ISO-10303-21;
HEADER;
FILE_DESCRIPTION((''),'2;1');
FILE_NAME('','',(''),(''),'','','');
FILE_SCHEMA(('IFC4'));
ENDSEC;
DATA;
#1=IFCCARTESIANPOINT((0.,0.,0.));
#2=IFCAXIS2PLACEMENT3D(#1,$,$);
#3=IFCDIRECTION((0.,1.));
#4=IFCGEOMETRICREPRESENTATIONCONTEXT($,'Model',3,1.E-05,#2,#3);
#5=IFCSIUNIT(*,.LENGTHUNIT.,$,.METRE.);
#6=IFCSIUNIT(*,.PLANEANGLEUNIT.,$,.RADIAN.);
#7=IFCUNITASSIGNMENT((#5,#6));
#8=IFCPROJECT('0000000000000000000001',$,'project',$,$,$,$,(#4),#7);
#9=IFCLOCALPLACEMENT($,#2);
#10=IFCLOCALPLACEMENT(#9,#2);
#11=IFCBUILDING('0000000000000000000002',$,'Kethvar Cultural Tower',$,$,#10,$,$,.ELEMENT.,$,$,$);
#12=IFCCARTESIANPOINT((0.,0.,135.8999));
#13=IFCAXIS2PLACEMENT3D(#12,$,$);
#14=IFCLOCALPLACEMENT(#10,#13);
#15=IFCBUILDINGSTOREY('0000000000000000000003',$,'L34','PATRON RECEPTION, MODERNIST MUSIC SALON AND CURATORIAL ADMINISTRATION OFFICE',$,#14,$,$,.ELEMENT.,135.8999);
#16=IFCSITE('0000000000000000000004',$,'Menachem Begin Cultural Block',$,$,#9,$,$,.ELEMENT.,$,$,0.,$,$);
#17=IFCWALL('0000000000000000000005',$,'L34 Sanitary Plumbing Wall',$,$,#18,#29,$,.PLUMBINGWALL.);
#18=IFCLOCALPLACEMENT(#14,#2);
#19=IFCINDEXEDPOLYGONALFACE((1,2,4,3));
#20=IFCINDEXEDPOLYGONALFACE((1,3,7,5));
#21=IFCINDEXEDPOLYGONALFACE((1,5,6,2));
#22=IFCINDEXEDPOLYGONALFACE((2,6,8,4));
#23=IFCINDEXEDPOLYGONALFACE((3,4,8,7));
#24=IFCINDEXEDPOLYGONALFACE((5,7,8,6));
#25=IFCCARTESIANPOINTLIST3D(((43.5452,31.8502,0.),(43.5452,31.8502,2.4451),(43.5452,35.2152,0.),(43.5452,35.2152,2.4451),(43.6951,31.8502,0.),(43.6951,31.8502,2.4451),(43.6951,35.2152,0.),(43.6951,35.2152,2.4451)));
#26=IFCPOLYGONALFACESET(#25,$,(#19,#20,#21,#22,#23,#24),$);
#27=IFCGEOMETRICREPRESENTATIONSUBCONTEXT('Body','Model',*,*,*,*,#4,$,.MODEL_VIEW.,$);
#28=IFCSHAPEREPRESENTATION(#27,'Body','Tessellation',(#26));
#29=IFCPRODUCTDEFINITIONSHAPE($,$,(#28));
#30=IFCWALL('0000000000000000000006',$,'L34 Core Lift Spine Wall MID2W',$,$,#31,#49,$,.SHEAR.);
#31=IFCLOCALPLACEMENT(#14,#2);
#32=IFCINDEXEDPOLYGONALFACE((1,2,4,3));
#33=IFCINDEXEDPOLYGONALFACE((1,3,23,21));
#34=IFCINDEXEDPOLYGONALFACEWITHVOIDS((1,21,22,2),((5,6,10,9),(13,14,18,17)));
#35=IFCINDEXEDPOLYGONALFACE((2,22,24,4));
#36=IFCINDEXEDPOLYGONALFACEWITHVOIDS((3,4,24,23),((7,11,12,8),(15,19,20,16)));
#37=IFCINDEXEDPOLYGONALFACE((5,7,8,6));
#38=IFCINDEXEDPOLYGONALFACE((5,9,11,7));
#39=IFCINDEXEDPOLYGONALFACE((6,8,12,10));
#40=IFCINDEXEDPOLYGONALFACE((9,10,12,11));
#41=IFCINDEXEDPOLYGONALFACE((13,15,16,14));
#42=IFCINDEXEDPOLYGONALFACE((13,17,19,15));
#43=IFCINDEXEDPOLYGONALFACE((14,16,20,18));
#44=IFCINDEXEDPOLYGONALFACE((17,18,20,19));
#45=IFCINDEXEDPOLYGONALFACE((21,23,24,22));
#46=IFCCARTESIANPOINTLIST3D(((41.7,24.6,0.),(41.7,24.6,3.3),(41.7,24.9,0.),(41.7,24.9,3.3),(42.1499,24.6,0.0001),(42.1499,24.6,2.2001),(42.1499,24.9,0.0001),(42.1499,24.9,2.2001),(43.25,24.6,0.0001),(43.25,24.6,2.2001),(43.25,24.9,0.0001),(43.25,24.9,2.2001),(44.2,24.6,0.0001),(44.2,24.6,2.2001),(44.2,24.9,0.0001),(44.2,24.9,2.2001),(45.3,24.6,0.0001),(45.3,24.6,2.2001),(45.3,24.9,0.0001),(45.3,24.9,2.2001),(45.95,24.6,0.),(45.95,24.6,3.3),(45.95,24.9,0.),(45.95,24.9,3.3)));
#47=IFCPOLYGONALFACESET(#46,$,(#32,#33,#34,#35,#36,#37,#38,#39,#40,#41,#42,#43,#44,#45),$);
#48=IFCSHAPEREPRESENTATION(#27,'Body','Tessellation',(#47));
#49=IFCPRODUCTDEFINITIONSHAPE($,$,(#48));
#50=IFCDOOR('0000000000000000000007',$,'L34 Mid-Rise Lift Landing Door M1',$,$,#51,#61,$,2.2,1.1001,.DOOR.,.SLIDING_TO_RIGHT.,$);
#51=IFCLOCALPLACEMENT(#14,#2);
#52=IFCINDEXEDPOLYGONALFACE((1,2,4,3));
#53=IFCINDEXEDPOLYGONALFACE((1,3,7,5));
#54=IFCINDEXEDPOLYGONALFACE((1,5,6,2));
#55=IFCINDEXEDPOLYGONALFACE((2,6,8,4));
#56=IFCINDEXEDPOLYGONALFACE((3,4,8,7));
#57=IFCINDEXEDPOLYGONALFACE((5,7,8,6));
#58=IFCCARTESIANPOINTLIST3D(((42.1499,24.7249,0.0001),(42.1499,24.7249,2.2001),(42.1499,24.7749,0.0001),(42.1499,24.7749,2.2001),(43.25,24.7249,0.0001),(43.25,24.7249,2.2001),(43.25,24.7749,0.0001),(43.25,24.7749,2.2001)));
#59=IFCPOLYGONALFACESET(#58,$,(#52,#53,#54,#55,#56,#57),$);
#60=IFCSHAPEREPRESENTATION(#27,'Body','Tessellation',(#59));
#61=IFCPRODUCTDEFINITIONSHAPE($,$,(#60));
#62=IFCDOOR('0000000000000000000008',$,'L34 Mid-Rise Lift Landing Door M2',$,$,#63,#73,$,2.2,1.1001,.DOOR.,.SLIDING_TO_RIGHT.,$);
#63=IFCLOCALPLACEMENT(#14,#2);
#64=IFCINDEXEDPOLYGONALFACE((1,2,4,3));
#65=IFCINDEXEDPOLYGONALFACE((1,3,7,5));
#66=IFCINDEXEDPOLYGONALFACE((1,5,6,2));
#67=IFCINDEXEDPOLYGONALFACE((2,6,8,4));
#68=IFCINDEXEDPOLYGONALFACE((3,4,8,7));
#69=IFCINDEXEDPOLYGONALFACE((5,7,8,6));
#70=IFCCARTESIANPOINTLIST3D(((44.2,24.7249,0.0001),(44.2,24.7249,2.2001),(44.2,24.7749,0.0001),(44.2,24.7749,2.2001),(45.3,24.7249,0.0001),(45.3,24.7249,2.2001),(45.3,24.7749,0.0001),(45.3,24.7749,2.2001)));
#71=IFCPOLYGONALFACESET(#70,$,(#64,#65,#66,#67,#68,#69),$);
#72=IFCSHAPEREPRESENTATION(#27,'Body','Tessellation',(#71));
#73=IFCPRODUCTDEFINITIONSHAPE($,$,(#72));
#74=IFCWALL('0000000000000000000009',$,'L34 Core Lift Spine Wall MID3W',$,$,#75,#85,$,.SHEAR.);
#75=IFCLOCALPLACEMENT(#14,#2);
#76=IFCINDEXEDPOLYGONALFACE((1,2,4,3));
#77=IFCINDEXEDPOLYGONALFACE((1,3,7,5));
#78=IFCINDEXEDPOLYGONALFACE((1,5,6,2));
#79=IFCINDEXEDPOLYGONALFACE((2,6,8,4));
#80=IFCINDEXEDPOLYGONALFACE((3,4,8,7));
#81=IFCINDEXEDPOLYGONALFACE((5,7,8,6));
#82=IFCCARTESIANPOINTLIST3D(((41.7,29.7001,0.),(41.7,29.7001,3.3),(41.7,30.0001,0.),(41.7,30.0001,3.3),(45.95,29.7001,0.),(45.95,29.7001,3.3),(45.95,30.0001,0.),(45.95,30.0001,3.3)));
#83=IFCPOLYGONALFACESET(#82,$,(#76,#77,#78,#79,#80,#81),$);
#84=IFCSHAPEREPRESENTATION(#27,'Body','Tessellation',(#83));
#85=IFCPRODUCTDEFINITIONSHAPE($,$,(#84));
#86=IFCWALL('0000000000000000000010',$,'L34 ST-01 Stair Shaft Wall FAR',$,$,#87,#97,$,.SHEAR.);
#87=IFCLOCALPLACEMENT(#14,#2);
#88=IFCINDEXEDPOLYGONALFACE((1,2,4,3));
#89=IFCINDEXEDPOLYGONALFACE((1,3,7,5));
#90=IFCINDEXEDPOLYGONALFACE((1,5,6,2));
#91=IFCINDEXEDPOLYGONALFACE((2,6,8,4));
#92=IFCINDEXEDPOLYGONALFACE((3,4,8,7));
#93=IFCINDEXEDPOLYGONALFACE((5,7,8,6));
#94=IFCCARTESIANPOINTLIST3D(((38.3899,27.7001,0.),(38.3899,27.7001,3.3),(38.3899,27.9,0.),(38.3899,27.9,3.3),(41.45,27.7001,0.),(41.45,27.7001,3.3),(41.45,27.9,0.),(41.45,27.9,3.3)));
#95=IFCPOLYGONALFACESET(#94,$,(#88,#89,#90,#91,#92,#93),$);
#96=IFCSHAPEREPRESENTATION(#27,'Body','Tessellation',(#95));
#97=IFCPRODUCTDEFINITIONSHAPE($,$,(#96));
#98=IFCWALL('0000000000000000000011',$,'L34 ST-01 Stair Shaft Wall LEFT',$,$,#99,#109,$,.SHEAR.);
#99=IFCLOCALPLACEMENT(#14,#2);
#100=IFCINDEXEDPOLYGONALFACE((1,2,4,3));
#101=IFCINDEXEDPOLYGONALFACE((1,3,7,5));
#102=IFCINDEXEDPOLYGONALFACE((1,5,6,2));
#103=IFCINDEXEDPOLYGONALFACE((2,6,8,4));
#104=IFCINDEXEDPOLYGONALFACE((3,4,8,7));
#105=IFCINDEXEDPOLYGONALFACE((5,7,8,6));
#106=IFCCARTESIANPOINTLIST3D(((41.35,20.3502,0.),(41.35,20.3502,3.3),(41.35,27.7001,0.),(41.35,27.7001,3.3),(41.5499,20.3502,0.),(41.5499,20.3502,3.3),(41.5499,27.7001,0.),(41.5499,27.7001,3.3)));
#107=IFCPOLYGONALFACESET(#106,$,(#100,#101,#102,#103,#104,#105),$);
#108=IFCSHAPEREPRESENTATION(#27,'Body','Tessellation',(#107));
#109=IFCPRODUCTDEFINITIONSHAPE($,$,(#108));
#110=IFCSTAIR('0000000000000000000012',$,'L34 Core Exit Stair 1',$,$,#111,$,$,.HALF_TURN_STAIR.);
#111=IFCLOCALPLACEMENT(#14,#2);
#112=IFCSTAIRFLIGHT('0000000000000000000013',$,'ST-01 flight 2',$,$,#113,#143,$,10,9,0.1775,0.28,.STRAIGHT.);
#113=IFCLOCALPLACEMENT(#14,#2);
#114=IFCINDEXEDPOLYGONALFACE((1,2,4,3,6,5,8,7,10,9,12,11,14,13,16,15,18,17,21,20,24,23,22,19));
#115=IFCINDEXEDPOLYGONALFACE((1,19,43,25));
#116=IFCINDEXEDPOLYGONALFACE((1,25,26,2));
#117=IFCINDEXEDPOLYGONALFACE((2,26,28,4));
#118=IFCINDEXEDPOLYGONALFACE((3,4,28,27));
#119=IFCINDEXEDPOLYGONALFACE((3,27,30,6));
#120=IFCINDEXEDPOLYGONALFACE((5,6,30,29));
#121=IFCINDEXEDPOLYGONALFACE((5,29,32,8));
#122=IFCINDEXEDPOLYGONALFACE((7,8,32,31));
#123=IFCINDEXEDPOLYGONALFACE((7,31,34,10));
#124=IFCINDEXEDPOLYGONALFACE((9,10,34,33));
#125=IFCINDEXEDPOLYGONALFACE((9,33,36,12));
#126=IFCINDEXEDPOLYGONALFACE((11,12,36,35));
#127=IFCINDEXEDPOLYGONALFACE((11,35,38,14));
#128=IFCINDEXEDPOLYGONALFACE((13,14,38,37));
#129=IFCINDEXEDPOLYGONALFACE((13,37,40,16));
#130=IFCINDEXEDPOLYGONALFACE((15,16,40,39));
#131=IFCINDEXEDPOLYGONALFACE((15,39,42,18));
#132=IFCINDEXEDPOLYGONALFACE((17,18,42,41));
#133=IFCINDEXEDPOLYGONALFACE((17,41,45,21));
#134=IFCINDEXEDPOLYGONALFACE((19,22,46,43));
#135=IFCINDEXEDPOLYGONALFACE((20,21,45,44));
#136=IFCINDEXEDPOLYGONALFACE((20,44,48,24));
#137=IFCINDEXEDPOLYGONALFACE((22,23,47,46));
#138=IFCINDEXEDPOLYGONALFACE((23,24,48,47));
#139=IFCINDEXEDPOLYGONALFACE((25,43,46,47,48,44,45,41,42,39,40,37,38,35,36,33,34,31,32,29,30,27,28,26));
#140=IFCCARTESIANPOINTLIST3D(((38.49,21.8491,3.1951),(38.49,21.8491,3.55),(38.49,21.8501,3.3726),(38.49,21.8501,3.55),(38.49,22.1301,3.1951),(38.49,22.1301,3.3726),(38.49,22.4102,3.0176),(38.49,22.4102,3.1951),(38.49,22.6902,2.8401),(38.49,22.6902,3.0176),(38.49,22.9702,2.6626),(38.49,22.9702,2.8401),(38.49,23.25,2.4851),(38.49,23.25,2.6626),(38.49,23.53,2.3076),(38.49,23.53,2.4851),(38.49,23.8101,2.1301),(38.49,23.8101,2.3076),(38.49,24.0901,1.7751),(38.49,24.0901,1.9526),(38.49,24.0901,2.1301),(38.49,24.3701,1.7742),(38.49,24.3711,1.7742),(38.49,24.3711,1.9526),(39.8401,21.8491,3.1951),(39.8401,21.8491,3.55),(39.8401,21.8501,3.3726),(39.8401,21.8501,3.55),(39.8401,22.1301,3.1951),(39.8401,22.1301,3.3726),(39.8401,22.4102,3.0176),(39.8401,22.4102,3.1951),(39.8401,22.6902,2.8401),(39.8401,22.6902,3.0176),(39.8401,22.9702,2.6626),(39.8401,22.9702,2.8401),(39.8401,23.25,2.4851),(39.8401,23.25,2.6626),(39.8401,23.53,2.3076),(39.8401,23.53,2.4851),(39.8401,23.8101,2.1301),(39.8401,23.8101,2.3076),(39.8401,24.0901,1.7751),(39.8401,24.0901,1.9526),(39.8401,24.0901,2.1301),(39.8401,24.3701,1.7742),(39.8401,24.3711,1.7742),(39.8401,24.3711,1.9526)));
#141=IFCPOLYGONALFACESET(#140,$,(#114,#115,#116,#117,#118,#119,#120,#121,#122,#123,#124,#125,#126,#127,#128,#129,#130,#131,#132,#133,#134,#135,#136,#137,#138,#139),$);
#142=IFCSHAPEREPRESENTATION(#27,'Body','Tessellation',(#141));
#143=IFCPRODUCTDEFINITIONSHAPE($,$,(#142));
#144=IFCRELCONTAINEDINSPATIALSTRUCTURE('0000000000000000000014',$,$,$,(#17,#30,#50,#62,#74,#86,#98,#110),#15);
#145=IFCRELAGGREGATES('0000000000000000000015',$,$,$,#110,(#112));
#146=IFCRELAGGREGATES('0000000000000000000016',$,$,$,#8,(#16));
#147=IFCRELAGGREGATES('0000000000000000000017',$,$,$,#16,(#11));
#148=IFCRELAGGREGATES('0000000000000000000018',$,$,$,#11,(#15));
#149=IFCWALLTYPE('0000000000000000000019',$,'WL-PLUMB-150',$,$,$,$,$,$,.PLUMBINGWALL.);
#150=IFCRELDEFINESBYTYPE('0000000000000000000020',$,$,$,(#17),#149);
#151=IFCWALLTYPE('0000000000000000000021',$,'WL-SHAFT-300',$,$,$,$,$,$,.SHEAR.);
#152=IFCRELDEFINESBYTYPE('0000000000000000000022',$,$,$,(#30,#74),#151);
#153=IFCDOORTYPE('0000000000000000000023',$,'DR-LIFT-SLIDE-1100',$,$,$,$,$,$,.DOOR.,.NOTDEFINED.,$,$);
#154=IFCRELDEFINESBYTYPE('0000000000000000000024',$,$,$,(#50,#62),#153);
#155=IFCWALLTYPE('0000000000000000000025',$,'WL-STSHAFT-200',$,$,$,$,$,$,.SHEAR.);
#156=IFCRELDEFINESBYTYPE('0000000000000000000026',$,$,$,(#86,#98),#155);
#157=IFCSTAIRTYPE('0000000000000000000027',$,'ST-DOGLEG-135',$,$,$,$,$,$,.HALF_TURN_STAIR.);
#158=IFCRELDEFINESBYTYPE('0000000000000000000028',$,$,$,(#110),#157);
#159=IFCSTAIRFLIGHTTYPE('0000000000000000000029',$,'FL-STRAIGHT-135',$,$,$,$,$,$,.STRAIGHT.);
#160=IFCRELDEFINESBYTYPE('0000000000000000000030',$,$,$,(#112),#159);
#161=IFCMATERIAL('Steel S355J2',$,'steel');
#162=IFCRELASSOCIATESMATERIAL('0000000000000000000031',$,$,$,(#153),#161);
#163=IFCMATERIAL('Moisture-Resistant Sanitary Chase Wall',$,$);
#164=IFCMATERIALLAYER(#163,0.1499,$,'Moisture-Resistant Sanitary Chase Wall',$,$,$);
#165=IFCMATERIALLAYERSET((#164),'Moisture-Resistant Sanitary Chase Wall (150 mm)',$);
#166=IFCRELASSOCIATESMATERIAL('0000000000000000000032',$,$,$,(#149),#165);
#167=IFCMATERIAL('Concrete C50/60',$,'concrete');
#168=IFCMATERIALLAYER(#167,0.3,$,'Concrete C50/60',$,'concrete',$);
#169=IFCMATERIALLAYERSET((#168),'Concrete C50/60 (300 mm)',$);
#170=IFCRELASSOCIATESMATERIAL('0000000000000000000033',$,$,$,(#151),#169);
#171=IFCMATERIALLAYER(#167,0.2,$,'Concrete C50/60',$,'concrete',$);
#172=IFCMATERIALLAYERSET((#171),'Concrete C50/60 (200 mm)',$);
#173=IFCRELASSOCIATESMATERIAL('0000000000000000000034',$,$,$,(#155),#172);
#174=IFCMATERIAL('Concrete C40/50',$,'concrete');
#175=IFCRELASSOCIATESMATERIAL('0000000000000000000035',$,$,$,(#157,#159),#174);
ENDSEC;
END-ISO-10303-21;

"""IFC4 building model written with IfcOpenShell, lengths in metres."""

from ifc_helpers import new_model, si_unit, direction, frame, frame_2d, origin, place, context, subcontext, project, spatial, polyline, rectangle, outline, extrude, source, transform, mapped, material, layer, layer_set, type_object, element, fill, aggregate, save


model = new_model("IFC4")

# Units and contexts
model_context = context("Model", 3, precision=1e-05, world=origin(), true_north=direction((0.0, 1.0)))
body_context = subcontext(model_context, "Body", "Model", "MODEL_VIEW")
ifc_project = project(units=[si_unit("LENGTHUNIT", "METRE"), si_unit("PLANEANGLEUNIT", "RADIAN")], contexts=[model_context])

# Site, building, storey
site_placement = place(None, origin())
site = spatial("IfcSite", under=ifc_project, at=site_placement, Name="Menachem Begin Cultural Block", CompositionType="ELEMENT", RefElevation=0.0)
building_placement = place(site_placement, origin())
building = spatial("IfcBuilding", under=site, at=building_placement, Name="Kethvar Cultural Tower", CompositionType="ELEMENT")
storey_placement = place(building_placement, frame((0.0, 0.0, 135.8999)))
storey = spatial("IfcBuildingStorey", under=building, at=storey_placement, Name="L34", Description="PATRON RECEPTION, MODERNIST MUSIC SALON AND CURATORIAL ADMINISTRATION OFFICE", CompositionType="ELEMENT", Elevation=135.8999)

# Shared definitions
ifc_material_1 = material(Name="Steel S355J2", Category="steel")

# Shared definitions
door_type = type_object("IfcDoorType", Name="DR-LIFT-SLIDE-1100", OperationType="NOTDEFINED", PredefinedType="DOOR", material=ifc_material_1)
shared_shape_1 = source(origin(), body_context, "Body", "SweptSolid", [
    extrude(rectangle(XDim=1.1001, YDim=2.2, at=frame_2d((0.55, 1.1001))), frame((0.0, 0.0249, 0.0), z_axis=(0.0, -1.0, 0.0), x_axis=(1.0, 0.0, 0.0)), (0.0, 0.0, 1.0), 0.05),
])

# Wall
ifc_material_2 = material(Name="Concrete C40/50", Category="concrete")
ifc_material_3 = material(Name="Moisture-Resistant Sanitary Chase Wall")
ifc_layer_1 = layer(ifc_material_3, 0.1499, Name="Moisture-Resistant Sanitary Chase Wall")
ifc_layer_set_1 = layer_set([ifc_layer_1], Name="Moisture-Resistant Sanitary Chase Wall (150 mm)")
wall_type_1 = type_object("IfcWallType", Name="WL-PLUMB-150", PredefinedType="PLUMBINGWALL", material=ifc_layer_set_1)
wall_1_placement = place(storey_placement, frame((43.6201, 31.8501, 0.0), z_axis=(0.0, 0.0, 1.0), x_axis=(0.0, 1.0, 0.0)))
element("IfcWall", 1, at=wall_1_placement, inside=storey, type_object=wall_type_1, Name="L34 Sanitary Plumbing Wall", PredefinedType="PLUMBINGWALL", context=body_context, shape_type="SweptSolid", body=[
    extrude(rectangle(XDim=3.365, YDim=0.1499, at=frame_2d((1.6826, 0.0))), origin(), (0.0, 0.0, 1.0), 2.4451),
])

# Wall, openings, doors
ifc_material_4 = material(Name="Concrete C50/60", Category="concrete")
ifc_layer_2 = layer(ifc_material_4, 0.3, Name="Concrete C50/60", Category="concrete")
ifc_layer_set_2 = layer_set([ifc_layer_2], Name="Concrete C50/60 (300 mm)")
wall_type_2 = type_object("IfcWallType", Name="WL-SHAFT-300", PredefinedType="SHEAR", material=ifc_layer_set_2)
wall_2_placement = place(storey_placement, frame((41.7, 24.75, 0.0), z_axis=(0.0, 0.0, 1.0), x_axis=(1.0, 0.0, 0.0)))
wall_2 = element("IfcWall", 2, at=wall_2_placement, inside=storey, type_object=wall_type_2, Name="L34 Core Lift Spine Wall MID2W", PredefinedType="SHEAR", context=body_context, shape_type="SweptSolid", body=[
    extrude(rectangle(XDim=4.25, YDim=0.3, at=frame_2d((2.125, 0.0))), origin(), (0.0, 0.0, 1.0), 3.3),
])
opening_1_placement = place(wall_2_placement, frame((0.45, 0.0, 0.0)))
opening_1 = element("IfcOpeningElement", 3, at=opening_1_placement, cuts=wall_2, PredefinedType="OPENING", context=body_context, shape_type="SweptSolid", body=[
    extrude(rectangle(XDim=1.1001, YDim=2.2, at=frame_2d((0.55, 1.1001))), frame((0.0, 0.1599, 0.0), z_axis=(0.0, -1.0, 0.0), x_axis=(1.0, 0.0, 0.0)), (0.0, 0.0, 1.0), 0.3201),
])
opening_2_placement = place(wall_2_placement, frame((2.5, 0.0, 0.0)))
opening_2 = element("IfcOpeningElement", 4, at=opening_2_placement, cuts=wall_2, PredefinedType="OPENING", context=body_context, shape_type="SweptSolid", body=[
    extrude(rectangle(XDim=1.1001, YDim=2.2, at=frame_2d((0.55, 1.1001))), frame((0.0, 0.1599, 0.0), z_axis=(0.0, -1.0, 0.0), x_axis=(1.0, 0.0, 0.0)), (0.0, 0.0, 1.0), 0.3201),
])
door_1_placement = place(opening_1_placement, origin())
door_1 = element("IfcDoor", 5, at=door_1_placement, inside=storey, type_object=door_type, Name="L34 Mid-Rise Lift Landing Door M1", OperationType="SLIDING_TO_RIGHT", OverallHeight=2.2, OverallWidth=1.1001, PredefinedType="DOOR", context=body_context, shape_type="MappedRepresentation", body=[
    mapped(shared_shape_1, transform((0.0, 0.0, 0.0), scale=1.0)),
])
fill(opening_1, door_1)
door_2_placement = place(opening_2_placement, origin())
door_2 = element("IfcDoor", 6, at=door_2_placement, inside=storey, type_object=door_type, Name="L34 Mid-Rise Lift Landing Door M2", OperationType="SLIDING_TO_RIGHT", OverallHeight=2.2, OverallWidth=1.1001, PredefinedType="DOOR", context=body_context, shape_type="MappedRepresentation", body=[
    mapped(shared_shape_1, transform((0.0, 0.0, 0.0), scale=1.0)),
])
fill(opening_2, door_2)

# Walls
wall_3_placement = place(storey_placement, frame((41.7, 29.8501, 0.0), z_axis=(0.0, 0.0, 1.0), x_axis=(1.0, 0.0, 0.0)))
element("IfcWall", 7, at=wall_3_placement, inside=storey, type_object=wall_type_2, Name="L34 Core Lift Spine Wall MID3W", PredefinedType="SHEAR", context=body_context, shape_type="SweptSolid", body=[
    extrude(rectangle(XDim=4.25, YDim=0.3, at=frame_2d((2.125, 0.0))), origin(), (0.0, 0.0, 1.0), 3.3),
])
ifc_layer_3 = layer(ifc_material_4, 0.2, Name="Concrete C50/60", Category="concrete")
ifc_layer_set_3 = layer_set([ifc_layer_3], Name="Concrete C50/60 (200 mm)")
wall_type_3 = type_object("IfcWallType", Name="WL-STSHAFT-200", PredefinedType="SHEAR", material=ifc_layer_set_3)
wall_4_placement = place(storey_placement, frame((38.3899, 27.8, 0.0), z_axis=(0.0, 0.0, 1.0), x_axis=(1.0, 0.0, 0.0)))
element("IfcWall", 8, at=wall_4_placement, inside=storey, type_object=wall_type_3, Name="L34 ST-01 Stair Shaft Wall FAR", PredefinedType="SHEAR", context=body_context, shape_type="SweptSolid", body=[
    extrude(rectangle(XDim=3.0601, YDim=0.2, at=frame_2d((1.53, 0.0))), origin(), (0.0, 0.0, 1.0), 3.3),
])
wall_5_placement = place(storey_placement, frame((41.45, 27.7, 0.0), z_axis=(0.0, 0.0, 1.0), x_axis=(0.0, -1.0, 0.0)))
element("IfcWall", 9, at=wall_5_placement, inside=storey, type_object=wall_type_3, Name="L34 ST-01 Stair Shaft Wall LEFT", PredefinedType="SHEAR", context=body_context, shape_type="SweptSolid", body=[
    extrude(rectangle(XDim=7.3499, YDim=0.2, at=frame_2d((3.6748, 0.0))), origin(), (0.0, 0.0, 1.0), 3.3),
])

# Stair, stair flight
stair_type = type_object("IfcStairType", Name="ST-DOGLEG-135", PredefinedType="HALF_TURN_STAIR", material=ifc_material_2)
stair_placement = place(storey_placement, origin())
stair = element("IfcStair", 10, at=stair_placement, inside=storey, type_object=stair_type, Name="L34 Core Exit Stair 1", PredefinedType="HALF_TURN_STAIR")
stair_flight_type = type_object("IfcStairFlightType", Name="FL-STRAIGHT-135", PredefinedType="STRAIGHT", material=ifc_material_2)
stair_flight_placement = place(storey_placement, frame((39.165, 24.3701, 1.7751), z_axis=(0.0, 0.0, 1.0), x_axis=(0.0, -1.0, 0.0)))
stair_flight = element("IfcStairFlight", 11, at=stair_flight_placement, type_object=stair_flight_type, Name="ST-01 flight 2", NumberOfRisers=10, NumberOfTreads=9, PredefinedType="STRAIGHT", RiserHeight=0.1775, TreadLength=0.28, context=body_context, shape_type="SweptSolid", body=[
    extrude(outline(polyline([(-0.001, -0.001), (-0.001, 0.1775), (0.28, 0.1775), (0.28, 0.355), (0.5601, 0.355), (0.5601, 0.5325), (0.8401, 0.5325), (0.8401, 0.71), (1.1201, 0.71), (1.1201, 0.8875), (1.3999, 0.8875), (1.3999, 1.0649), (1.6799, 1.0649), (1.6799, 1.2424), (1.96, 1.2424), (1.96, 1.4199), (2.24, 1.4199), (2.24, 1.5974), (2.52, 1.5974), (2.52, 1.7749), (2.521, 1.7749), (2.521, 1.4199), (0.28, 0.0), (0.0, -0.001), (-0.001, -0.001)])), frame((0.0, 0.675, 0.0), z_axis=(0.0, -1.0, 0.0), x_axis=(1.0, 0.0, 0.0)), (0.0, 0.0, 1.0), 1.3501),
])
aggregate(stair, [stair_flight])

save(model, "model.ifc")
